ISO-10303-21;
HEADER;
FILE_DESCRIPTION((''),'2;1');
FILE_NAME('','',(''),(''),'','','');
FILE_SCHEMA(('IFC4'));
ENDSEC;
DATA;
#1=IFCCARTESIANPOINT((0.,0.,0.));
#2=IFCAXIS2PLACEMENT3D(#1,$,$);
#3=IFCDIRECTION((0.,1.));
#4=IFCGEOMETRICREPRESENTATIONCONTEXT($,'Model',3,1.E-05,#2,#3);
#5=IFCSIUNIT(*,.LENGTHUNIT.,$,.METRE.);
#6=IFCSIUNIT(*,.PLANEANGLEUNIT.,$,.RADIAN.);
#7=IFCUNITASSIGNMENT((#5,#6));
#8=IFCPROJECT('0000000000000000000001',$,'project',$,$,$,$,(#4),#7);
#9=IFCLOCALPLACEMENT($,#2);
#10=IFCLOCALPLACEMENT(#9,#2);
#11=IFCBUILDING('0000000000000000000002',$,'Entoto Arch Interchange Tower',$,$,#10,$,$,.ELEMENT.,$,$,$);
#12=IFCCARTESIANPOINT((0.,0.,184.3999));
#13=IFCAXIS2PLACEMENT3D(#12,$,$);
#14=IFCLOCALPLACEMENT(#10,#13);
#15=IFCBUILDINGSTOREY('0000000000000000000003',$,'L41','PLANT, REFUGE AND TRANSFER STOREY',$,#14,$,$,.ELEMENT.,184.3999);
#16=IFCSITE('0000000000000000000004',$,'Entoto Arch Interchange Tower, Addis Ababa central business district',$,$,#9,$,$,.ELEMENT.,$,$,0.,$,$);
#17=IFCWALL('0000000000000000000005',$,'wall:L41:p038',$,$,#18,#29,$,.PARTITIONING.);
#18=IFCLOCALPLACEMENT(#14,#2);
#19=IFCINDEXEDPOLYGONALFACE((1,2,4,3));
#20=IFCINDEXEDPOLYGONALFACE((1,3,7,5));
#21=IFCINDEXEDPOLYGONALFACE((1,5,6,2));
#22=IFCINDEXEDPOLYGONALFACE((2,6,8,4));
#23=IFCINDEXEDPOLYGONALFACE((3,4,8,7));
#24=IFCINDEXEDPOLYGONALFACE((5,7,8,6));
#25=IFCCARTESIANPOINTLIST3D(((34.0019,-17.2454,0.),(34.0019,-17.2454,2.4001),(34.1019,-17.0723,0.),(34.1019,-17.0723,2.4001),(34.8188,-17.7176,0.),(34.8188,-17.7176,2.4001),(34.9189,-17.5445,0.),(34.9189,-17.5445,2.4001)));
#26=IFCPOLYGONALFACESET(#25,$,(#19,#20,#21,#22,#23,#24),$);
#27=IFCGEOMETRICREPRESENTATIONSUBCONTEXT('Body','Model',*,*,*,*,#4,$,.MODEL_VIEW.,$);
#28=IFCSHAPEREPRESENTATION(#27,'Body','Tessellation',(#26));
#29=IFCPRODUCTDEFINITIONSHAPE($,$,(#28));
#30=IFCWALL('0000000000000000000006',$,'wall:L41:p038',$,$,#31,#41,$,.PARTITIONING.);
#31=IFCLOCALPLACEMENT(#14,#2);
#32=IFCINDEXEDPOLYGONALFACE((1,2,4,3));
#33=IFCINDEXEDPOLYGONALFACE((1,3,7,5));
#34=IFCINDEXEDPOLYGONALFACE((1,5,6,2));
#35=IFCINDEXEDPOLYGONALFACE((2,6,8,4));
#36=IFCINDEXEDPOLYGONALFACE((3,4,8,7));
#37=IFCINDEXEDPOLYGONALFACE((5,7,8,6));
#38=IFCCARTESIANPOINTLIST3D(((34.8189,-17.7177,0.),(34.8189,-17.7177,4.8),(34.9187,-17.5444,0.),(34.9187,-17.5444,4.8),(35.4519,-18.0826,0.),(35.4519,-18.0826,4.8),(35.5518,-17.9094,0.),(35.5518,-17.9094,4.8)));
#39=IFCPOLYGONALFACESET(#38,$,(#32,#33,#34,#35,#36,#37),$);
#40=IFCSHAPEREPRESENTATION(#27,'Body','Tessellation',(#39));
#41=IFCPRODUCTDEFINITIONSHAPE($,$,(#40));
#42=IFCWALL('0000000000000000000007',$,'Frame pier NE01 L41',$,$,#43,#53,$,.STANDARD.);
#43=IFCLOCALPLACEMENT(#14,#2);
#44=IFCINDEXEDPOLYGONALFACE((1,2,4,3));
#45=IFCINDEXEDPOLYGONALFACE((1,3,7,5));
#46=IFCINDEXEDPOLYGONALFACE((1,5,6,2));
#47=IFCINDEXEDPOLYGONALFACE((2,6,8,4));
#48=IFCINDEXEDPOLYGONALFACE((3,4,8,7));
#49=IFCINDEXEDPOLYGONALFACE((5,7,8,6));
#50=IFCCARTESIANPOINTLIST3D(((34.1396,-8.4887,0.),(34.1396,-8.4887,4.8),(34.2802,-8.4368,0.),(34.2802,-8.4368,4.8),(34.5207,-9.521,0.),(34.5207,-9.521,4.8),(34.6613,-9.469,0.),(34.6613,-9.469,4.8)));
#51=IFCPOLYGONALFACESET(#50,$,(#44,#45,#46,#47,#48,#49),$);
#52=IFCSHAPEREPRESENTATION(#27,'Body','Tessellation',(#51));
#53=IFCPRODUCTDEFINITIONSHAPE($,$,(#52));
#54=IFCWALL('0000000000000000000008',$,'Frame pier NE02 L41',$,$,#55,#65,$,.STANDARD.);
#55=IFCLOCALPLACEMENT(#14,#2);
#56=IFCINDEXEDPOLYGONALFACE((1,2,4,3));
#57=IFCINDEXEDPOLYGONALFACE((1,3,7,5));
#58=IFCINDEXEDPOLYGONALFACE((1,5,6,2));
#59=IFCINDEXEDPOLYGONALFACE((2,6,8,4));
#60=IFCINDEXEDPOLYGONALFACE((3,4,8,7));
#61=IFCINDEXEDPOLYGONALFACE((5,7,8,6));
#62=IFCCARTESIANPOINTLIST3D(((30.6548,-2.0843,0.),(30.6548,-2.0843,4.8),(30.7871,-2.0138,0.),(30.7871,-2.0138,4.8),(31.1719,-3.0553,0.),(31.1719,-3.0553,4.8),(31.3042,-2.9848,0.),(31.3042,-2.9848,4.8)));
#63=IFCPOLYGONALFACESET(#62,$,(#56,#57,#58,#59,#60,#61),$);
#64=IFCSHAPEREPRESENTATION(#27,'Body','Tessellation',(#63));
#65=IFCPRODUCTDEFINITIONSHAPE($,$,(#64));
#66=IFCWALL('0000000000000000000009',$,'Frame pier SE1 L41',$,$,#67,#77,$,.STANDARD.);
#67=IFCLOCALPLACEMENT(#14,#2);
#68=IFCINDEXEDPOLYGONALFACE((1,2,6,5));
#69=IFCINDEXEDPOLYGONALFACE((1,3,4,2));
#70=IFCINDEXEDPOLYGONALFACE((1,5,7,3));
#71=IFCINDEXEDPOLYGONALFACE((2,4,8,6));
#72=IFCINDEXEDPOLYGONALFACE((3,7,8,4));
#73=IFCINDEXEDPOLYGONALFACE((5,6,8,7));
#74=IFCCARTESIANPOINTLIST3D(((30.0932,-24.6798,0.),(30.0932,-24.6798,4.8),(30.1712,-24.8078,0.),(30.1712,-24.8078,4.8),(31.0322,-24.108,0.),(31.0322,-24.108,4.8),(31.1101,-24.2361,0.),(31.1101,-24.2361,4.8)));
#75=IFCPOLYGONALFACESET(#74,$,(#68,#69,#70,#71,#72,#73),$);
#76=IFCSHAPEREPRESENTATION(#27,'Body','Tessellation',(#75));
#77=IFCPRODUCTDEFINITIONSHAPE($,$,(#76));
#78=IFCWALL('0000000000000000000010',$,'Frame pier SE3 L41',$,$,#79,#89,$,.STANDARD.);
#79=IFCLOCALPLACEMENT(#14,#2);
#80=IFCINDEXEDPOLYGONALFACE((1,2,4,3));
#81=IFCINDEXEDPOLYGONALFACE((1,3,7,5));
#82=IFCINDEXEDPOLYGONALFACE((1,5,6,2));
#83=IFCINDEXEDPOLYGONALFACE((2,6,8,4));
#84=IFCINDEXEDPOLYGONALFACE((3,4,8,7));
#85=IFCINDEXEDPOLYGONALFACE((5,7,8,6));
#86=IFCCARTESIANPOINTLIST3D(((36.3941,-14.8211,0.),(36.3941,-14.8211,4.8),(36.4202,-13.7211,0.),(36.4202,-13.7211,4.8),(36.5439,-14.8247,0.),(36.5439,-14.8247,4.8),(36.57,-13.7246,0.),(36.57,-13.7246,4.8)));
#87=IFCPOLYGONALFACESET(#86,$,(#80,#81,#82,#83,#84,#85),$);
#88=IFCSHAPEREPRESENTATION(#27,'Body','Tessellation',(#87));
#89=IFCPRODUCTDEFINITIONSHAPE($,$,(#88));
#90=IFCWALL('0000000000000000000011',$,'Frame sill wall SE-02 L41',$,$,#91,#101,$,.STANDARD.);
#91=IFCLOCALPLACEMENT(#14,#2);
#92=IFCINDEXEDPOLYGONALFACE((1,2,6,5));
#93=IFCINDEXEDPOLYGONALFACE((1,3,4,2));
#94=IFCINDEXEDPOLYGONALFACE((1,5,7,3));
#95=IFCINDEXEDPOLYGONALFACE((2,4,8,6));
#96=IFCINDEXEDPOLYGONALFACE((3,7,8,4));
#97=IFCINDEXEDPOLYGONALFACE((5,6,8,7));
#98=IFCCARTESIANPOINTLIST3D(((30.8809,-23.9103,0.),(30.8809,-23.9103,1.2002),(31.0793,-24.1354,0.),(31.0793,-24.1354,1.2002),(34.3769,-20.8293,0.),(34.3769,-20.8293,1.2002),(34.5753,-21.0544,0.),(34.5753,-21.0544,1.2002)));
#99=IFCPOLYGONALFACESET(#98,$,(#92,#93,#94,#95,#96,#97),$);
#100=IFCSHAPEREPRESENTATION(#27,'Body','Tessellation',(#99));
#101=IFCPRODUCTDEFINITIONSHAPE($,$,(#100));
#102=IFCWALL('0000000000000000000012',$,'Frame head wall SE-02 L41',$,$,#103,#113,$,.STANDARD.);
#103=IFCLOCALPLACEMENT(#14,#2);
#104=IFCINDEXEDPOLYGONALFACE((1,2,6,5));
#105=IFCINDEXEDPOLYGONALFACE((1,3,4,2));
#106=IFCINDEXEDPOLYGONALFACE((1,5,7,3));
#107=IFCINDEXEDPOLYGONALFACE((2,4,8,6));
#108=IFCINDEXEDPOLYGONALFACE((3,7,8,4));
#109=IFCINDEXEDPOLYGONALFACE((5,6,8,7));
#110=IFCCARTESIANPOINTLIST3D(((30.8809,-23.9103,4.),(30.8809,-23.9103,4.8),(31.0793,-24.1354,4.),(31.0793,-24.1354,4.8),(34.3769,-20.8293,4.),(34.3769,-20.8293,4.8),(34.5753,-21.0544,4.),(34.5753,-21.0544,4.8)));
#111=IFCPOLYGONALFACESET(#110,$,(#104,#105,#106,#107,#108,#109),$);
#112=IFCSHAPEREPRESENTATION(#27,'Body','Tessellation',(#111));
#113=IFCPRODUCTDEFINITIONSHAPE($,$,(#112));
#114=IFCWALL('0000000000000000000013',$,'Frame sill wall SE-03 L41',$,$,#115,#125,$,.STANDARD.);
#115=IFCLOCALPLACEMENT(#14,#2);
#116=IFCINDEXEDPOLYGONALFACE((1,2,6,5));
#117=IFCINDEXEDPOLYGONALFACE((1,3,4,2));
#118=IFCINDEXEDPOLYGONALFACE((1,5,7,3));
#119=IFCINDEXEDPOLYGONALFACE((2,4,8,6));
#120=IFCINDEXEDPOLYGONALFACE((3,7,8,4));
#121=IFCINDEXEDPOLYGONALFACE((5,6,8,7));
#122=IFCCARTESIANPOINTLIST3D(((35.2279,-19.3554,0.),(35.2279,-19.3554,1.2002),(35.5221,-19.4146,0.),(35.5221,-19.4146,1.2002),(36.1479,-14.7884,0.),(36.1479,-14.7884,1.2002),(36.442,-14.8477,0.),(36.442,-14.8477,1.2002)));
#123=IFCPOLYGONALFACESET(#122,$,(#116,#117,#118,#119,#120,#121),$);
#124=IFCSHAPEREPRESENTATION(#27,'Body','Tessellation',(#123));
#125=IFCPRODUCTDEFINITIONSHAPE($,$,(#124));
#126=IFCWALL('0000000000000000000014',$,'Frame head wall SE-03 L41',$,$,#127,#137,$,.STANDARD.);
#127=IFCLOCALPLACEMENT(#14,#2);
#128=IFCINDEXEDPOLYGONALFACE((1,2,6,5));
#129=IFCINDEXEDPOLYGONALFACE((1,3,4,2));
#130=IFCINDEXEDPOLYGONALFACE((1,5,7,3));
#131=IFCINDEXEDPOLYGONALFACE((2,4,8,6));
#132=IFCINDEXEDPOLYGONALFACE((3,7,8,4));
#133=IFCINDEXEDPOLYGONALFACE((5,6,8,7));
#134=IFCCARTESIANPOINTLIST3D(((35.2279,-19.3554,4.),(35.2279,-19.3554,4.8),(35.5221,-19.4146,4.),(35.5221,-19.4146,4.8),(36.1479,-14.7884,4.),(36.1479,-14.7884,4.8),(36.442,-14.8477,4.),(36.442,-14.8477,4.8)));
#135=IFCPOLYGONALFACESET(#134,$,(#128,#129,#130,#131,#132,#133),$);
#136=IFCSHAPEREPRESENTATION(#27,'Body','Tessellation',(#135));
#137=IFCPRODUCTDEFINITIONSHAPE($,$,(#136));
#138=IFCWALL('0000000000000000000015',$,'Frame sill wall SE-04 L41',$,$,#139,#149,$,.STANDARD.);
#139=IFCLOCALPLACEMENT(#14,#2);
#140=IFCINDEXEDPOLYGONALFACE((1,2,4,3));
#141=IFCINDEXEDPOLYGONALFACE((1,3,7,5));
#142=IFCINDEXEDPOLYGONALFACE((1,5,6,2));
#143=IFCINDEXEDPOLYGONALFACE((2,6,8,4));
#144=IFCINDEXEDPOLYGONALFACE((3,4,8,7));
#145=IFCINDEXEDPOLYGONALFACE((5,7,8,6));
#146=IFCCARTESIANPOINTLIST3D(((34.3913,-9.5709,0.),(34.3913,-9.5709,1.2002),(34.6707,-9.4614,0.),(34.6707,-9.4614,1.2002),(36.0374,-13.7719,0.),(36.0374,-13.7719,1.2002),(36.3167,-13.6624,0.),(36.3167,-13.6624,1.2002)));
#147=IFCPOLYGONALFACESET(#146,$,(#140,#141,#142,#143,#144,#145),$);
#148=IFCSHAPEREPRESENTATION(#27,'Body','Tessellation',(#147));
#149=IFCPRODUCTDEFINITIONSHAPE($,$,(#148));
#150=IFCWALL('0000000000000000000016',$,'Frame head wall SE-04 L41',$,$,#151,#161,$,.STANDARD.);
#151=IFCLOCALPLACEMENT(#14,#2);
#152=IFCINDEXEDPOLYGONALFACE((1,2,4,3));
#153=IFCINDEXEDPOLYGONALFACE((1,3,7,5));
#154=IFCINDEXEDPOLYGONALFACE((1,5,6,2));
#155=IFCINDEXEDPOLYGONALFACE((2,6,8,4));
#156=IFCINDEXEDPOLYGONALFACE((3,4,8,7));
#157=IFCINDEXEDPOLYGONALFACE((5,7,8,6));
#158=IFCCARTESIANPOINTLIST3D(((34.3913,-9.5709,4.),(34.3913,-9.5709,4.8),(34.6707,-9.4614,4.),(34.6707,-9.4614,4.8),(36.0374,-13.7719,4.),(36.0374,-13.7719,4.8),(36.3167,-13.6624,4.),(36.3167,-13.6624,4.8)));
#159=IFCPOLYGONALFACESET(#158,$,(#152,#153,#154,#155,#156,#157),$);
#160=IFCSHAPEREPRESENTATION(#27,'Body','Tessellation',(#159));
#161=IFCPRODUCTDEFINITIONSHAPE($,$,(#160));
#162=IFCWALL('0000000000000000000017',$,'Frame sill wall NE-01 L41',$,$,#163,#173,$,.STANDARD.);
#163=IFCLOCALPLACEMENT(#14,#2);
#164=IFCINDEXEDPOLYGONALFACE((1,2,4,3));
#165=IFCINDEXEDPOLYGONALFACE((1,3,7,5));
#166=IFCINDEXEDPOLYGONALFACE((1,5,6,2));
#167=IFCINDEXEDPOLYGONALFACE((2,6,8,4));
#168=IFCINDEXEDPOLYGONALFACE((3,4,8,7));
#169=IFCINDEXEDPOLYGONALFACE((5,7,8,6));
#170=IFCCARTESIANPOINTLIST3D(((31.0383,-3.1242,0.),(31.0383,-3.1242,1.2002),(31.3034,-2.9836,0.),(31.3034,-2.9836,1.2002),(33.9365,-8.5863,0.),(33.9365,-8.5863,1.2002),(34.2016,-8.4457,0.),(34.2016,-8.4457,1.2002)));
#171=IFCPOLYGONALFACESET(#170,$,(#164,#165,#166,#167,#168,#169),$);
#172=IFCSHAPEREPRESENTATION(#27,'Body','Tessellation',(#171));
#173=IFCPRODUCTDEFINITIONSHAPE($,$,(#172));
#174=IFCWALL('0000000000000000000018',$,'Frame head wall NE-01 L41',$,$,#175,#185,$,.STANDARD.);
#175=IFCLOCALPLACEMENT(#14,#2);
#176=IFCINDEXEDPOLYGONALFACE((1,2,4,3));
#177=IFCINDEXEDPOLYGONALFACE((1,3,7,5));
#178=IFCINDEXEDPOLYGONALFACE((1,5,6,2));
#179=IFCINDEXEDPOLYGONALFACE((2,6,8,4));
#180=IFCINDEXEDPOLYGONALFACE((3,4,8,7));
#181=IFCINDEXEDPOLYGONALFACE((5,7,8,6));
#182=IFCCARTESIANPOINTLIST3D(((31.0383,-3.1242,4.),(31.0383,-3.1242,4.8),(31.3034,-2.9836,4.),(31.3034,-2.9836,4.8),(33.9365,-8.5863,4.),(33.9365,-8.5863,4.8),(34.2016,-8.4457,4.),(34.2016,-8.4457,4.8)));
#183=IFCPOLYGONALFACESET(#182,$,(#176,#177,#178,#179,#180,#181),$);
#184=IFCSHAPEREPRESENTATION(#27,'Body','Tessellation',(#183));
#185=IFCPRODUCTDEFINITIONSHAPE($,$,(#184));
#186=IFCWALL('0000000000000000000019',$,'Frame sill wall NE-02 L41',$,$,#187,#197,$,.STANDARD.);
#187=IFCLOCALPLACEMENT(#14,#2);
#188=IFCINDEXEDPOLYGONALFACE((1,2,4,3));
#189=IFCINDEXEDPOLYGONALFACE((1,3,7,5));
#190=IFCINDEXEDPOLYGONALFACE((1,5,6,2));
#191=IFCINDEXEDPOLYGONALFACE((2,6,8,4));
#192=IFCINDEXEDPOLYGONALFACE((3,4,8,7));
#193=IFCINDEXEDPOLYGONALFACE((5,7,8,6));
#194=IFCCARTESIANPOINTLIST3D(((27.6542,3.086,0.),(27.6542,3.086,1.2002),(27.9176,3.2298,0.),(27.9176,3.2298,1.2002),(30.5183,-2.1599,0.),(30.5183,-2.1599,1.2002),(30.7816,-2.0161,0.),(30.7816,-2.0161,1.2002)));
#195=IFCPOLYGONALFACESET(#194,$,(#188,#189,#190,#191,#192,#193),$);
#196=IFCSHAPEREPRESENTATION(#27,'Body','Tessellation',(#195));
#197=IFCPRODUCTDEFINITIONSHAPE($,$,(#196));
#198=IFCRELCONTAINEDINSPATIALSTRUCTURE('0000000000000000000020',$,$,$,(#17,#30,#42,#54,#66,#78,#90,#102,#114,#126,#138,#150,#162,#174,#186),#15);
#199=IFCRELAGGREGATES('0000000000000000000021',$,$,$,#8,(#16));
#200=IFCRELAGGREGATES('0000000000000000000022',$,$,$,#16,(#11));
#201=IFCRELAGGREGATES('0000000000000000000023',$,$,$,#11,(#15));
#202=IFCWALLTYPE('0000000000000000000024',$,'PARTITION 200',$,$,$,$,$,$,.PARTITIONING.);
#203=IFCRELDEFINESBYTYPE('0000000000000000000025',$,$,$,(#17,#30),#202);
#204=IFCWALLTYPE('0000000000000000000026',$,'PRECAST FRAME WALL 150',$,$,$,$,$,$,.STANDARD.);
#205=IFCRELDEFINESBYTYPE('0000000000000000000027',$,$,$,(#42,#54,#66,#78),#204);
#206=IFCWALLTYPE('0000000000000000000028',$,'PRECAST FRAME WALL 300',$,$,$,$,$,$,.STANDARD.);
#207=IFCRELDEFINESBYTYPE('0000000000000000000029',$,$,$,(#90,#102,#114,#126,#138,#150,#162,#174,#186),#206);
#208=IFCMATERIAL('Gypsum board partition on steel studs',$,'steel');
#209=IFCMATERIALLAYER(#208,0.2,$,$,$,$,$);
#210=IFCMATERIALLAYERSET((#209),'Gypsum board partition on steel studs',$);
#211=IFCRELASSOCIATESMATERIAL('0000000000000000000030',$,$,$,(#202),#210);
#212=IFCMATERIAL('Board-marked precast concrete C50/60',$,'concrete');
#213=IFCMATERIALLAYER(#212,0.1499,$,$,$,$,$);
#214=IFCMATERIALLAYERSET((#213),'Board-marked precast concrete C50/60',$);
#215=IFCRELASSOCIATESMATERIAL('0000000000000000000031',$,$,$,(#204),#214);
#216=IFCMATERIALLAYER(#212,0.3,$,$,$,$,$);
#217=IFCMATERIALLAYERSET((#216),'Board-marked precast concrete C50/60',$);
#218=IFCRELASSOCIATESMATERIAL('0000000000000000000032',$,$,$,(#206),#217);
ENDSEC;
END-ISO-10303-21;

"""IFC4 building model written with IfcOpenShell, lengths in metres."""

from ifc_helpers import new_model, si_unit, direction, frame, frame_2d, origin, place, context, subcontext, project, spatial, rectangle, extrude, material, layer, layer_set, type_object, element, save


model = new_model("IFC4")

# Units and contexts
model_context = context("Model", 3, precision=1e-05, world=origin(), true_north=direction((0.0, 1.0)))
body_context = subcontext(model_context, "Body", "Model", "MODEL_VIEW")
ifc_project = project(units=[si_unit("LENGTHUNIT", "METRE"), si_unit("PLANEANGLEUNIT", "RADIAN")], contexts=[model_context])

# Site, building, storey
site_placement = place(None, origin())
site = spatial("IfcSite", under=ifc_project, at=site_placement, Name="Entoto Arch Interchange Tower, Addis Ababa central business district", CompositionType="ELEMENT", RefElevation=0.0)
building_placement = place(site_placement, origin())
building = spatial("IfcBuilding", under=site, at=building_placement, Name="Entoto Arch Interchange Tower", CompositionType="ELEMENT")
storey_placement = place(building_placement, frame((0.0, 0.0, 184.3999)))
storey = spatial("IfcBuildingStorey", under=building, at=storey_placement, Name="L41", Description="PLANT, REFUGE AND TRANSFER STOREY", CompositionType="ELEMENT", Elevation=184.3999)

# Walls
ifc_material_1 = material(Name="Gypsum board partition on steel studs", Category="steel")
ifc_layer_1 = layer(ifc_material_1, 0.2)
ifc_layer_set_1 = layer_set([ifc_layer_1], Name="Gypsum board partition on steel studs")
wall_type_1 = type_object("IfcWallType", Name="PARTITION 200", PredefinedType="PARTITIONING", material=ifc_layer_set_1)
wall_1_placement = place(storey_placement, frame((34.052, -17.1589, 0.0), z_axis=(0.0, 0.0, 1.0), x_axis=(0.86578, -0.500424, 0.0)))
element("IfcWall", 1, at=wall_1_placement, inside=storey, type_object=wall_type_1, Name="wall:L41:p038", PredefinedType="PARTITIONING", context=body_context, shape_type="SweptSolid", body=[
    extrude(rectangle(XDim=0.9436, YDim=0.2, at=frame_2d((0.4717, 0.0))), origin(), (0.0, 0.0, 1.0), 2.4001),
])
wall_2_placement = place(storey_placement, frame((34.8689, -17.6311, 0.0), z_axis=(0.0, 0.0, 1.0), x_axis=(0.866325, -0.499481, 0.0)))
element("IfcWall", 2, at=wall_2_placement, inside=storey, type_object=wall_type_1, Name="wall:L41:p038", PredefinedType="PARTITIONING", context=body_context, shape_type="SweptSolid", body=[
    extrude(rectangle(XDim=0.7307, YDim=0.2, at=frame_2d((0.3652, 0.0))), origin(), (0.0, 0.0, 1.0), 4.8),
])
ifc_material_2 = material(Name="Board-marked precast concrete C50/60", Category="concrete")
ifc_layer_2 = layer(ifc_material_2, 0.1499)
ifc_layer_set_2 = layer_set([ifc_layer_2], Name="Board-marked precast concrete C50/60")
wall_type_2 = type_object("IfcWallType", Name="PRECAST FRAME WALL 150", PredefinedType="STANDARD", material=ifc_layer_set_2)
wall_3_placement = place(storey_placement, frame((34.5911, -9.4951, 0.0), z_axis=(0.0, 0.0, 1.0), x_axis=(-0.346353, 0.938104, 0.0)))
element("IfcWall", 3, at=wall_3_placement, inside=storey, type_object=wall_type_2, Name="Frame pier NE01 L41", PredefinedType="STANDARD", context=body_context, shape_type="SweptSolid", body=[
    extrude(rectangle(XDim=1.1003, YDim=0.1499, at=frame_2d((0.5503, 0.0))), origin(), (0.0, 0.0, 1.0), 4.8),
])
wall_4_placement = place(storey_placement, frame((31.238, -3.02, 0.0), z_axis=(0.0, 0.0, 1.0), x_axis=(-0.470058, 0.882635, 0.0)))
element("IfcWall", 4, at=wall_4_placement, inside=storey, type_object=wall_type_2, Name="Frame pier NE02 L41", PredefinedType="STANDARD", context=body_context, shape_type="SweptSolid", body=[
    extrude(rectangle(XDim=1.1001, YDim=0.1499, at=frame_2d((0.55, 0.0))), origin(), (0.0, 0.0, 1.0), 4.8),
])
wall_5_placement = place(storey_placement, frame((30.1321, -24.7439, 0.0), z_axis=(0.0, 0.0, 1.0), x_axis=(0.854104, 0.520102, 0.0)))
element("IfcWall", 5, at=wall_5_placement, inside=storey, type_object=wall_type_2, Name="Frame pier SE1 L41", PredefinedType="STANDARD", context=body_context, shape_type="SweptSolid", body=[
    extrude(rectangle(XDim=1.0994, YDim=0.1499, at=frame_2d((0.5498, 0.0))), origin(), (0.0, 0.0, 1.0), 4.8),
])
wall_6_placement = place(storey_placement, frame((36.469, -14.823, 0.0), z_axis=(0.0, 0.0, 1.0), x_axis=(0.023739, 0.999718, 0.0)))
element("IfcWall", 6, at=wall_6_placement, inside=storey, type_object=wall_type_2, Name="Frame pier SE3 L41", PredefinedType="STANDARD", context=body_context, shape_type="SweptSolid", body=[
    extrude(rectangle(XDim=1.1003, YDim=0.1499, at=frame_2d((0.5503, 0.0))), origin(), (0.0, 0.0, 1.0), 4.8),
])
ifc_layer_3 = layer(ifc_material_2, 0.3)
ifc_layer_set_3 = layer_set([ifc_layer_3], Name="Board-marked precast concrete C50/60")
wall_type_3 = type_object("IfcWallType", Name="PRECAST FRAME WALL 300", PredefinedType="STANDARD", material=ifc_layer_set_3)
wall_7_placement = place(storey_placement, frame((30.98, -24.0229, 0.0), z_axis=(0.0, 0.0, 1.0), x_axis=(0.750235, 0.661171, 0.0)))
element("IfcWall", 7, at=wall_7_placement, inside=storey, type_object=wall_type_3, Name="Frame sill wall SE-02 L41", PredefinedType="STANDARD", context=body_context, shape_type="SweptSolid", body=[
    extrude(rectangle(XDim=4.6599, YDim=0.3, at=frame_2d((2.3301, 0.0))), origin(), (0.0, 0.0, 1.0), 1.2002),
])
wall_8_placement = place(storey_placement, frame((30.98, -24.0229, 4.0), z_axis=(0.0, 0.0, 1.0), x_axis=(0.750235, 0.661171, 0.0)))
element("IfcWall", 8, at=wall_8_placement, inside=storey, type_object=wall_type_3, Name="Frame head wall SE-02 L41", PredefinedType="STANDARD", context=body_context, shape_type="SweptSolid", body=[
    extrude(rectangle(XDim=4.6599, YDim=0.3, at=frame_2d((2.3301, 0.0))), origin(), (0.0, 0.0, 1.0), 0.8),
])
wall_9_placement = place(storey_placement, frame((35.375, -19.385, 0.0), z_axis=(0.0, 0.0, 1.0), x_axis=(0.197466, 0.98031, 0.0)))
element("IfcWall", 9, at=wall_9_placement, inside=storey, type_object=wall_type_3, Name="Frame sill wall SE-03 L41", PredefinedType="STANDARD", context=body_context, shape_type="SweptSolid", body=[
    extrude(rectangle(XDim=4.6587, YDim=0.3, at=frame_2d((2.3293, 0.0))), origin(), (0.0, 0.0, 1.0), 1.2002),
])
wall_10_placement = place(storey_placement, frame((35.375, -19.385, 4.0), z_axis=(0.0, 0.0, 1.0), x_axis=(0.197466, 0.98031, 0.0)))
element("IfcWall", 10, at=wall_10_placement, inside=storey, type_object=wall_type_3, Name="Frame head wall SE-03 L41", PredefinedType="STANDARD", context=body_context, shape_type="SweptSolid", body=[
    extrude(rectangle(XDim=4.6587, YDim=0.3, at=frame_2d((2.3293, 0.0))), origin(), (0.0, 0.0, 1.0), 0.8),
])
wall_11_placement = place(storey_placement, frame((36.177, -13.717, 0.0), z_axis=(0.0, 0.0, 1.0), x_axis=(-0.364813, 0.931081, 0.0)))
element("IfcWall", 11, at=wall_11_placement, inside=storey, type_object=wall_type_3, Name="Frame sill wall SE-04 L41", PredefinedType="STANDARD", context=body_context, shape_type="SweptSolid", body=[
    extrude(rectangle(XDim=4.512, YDim=0.3, at=frame_2d((2.2559, 0.0))), origin(), (0.0, 0.0, 1.0), 1.2002),
])
wall_12_placement = place(storey_placement, frame((36.177, -13.717, 4.0), z_axis=(0.0, 0.0, 1.0), x_axis=(-0.364813, 0.931081, 0.0)))
element("IfcWall", 12, at=wall_12_placement, inside=storey, type_object=wall_type_3, Name="Frame head wall SE-04 L41", PredefinedType="STANDARD", context=body_context, shape_type="SweptSolid", body=[
    extrude(rectangle(XDim=4.512, YDim=0.3, at=frame_2d((2.2559, 0.0))), origin(), (0.0, 0.0, 1.0), 0.8),
])
wall_13_placement = place(storey_placement, frame((34.0691, -8.5161, 0.0), z_axis=(0.0, 0.0, 1.0), x_axis=(-0.468704, 0.883355, 0.0)))
element("IfcWall", 13, at=wall_13_placement, inside=storey, type_object=wall_type_3, Name="Frame sill wall NE-01 L41", PredefinedType="STANDARD", context=body_context, shape_type="SweptSolid", body=[
    extrude(rectangle(XDim=6.1833, YDim=0.3, at=frame_2d((3.0918, 0.0))), origin(), (0.0, 0.0, 1.0), 1.2002),
])
wall_14_placement = place(storey_placement, frame((34.0691, -8.5161, 4.0), z_axis=(0.0, 0.0, 1.0), x_axis=(-0.468704, 0.883355, 0.0)))
element("IfcWall", 14, at=wall_14_placement, inside=storey, type_object=wall_type_3, Name="Frame head wall NE-01 L41", PredefinedType="STANDARD", context=body_context, shape_type="SweptSolid", body=[
    extrude(rectangle(XDim=6.1833, YDim=0.3, at=frame_2d((3.0918, 0.0))), origin(), (0.0, 0.0, 1.0), 0.8),
])
wall_15_placement = place(storey_placement, frame((30.6499, -2.0879, 0.0), z_axis=(0.0, 0.0, 1.0), x_axis=(-0.479193, 0.87771, 0.0)))
element("IfcWall", 15, at=wall_15_placement, inside=storey, type_object=wall_type_3, Name="Frame sill wall NE-02 L41", PredefinedType="STANDARD", context=body_context, shape_type="SweptSolid", body=[
    extrude(rectangle(XDim=5.9768, YDim=0.3, at=frame_2d((2.9883, 0.0))), origin(), (0.0, 0.0, 1.0), 1.2002),
])

save(model, "model.ifc")
